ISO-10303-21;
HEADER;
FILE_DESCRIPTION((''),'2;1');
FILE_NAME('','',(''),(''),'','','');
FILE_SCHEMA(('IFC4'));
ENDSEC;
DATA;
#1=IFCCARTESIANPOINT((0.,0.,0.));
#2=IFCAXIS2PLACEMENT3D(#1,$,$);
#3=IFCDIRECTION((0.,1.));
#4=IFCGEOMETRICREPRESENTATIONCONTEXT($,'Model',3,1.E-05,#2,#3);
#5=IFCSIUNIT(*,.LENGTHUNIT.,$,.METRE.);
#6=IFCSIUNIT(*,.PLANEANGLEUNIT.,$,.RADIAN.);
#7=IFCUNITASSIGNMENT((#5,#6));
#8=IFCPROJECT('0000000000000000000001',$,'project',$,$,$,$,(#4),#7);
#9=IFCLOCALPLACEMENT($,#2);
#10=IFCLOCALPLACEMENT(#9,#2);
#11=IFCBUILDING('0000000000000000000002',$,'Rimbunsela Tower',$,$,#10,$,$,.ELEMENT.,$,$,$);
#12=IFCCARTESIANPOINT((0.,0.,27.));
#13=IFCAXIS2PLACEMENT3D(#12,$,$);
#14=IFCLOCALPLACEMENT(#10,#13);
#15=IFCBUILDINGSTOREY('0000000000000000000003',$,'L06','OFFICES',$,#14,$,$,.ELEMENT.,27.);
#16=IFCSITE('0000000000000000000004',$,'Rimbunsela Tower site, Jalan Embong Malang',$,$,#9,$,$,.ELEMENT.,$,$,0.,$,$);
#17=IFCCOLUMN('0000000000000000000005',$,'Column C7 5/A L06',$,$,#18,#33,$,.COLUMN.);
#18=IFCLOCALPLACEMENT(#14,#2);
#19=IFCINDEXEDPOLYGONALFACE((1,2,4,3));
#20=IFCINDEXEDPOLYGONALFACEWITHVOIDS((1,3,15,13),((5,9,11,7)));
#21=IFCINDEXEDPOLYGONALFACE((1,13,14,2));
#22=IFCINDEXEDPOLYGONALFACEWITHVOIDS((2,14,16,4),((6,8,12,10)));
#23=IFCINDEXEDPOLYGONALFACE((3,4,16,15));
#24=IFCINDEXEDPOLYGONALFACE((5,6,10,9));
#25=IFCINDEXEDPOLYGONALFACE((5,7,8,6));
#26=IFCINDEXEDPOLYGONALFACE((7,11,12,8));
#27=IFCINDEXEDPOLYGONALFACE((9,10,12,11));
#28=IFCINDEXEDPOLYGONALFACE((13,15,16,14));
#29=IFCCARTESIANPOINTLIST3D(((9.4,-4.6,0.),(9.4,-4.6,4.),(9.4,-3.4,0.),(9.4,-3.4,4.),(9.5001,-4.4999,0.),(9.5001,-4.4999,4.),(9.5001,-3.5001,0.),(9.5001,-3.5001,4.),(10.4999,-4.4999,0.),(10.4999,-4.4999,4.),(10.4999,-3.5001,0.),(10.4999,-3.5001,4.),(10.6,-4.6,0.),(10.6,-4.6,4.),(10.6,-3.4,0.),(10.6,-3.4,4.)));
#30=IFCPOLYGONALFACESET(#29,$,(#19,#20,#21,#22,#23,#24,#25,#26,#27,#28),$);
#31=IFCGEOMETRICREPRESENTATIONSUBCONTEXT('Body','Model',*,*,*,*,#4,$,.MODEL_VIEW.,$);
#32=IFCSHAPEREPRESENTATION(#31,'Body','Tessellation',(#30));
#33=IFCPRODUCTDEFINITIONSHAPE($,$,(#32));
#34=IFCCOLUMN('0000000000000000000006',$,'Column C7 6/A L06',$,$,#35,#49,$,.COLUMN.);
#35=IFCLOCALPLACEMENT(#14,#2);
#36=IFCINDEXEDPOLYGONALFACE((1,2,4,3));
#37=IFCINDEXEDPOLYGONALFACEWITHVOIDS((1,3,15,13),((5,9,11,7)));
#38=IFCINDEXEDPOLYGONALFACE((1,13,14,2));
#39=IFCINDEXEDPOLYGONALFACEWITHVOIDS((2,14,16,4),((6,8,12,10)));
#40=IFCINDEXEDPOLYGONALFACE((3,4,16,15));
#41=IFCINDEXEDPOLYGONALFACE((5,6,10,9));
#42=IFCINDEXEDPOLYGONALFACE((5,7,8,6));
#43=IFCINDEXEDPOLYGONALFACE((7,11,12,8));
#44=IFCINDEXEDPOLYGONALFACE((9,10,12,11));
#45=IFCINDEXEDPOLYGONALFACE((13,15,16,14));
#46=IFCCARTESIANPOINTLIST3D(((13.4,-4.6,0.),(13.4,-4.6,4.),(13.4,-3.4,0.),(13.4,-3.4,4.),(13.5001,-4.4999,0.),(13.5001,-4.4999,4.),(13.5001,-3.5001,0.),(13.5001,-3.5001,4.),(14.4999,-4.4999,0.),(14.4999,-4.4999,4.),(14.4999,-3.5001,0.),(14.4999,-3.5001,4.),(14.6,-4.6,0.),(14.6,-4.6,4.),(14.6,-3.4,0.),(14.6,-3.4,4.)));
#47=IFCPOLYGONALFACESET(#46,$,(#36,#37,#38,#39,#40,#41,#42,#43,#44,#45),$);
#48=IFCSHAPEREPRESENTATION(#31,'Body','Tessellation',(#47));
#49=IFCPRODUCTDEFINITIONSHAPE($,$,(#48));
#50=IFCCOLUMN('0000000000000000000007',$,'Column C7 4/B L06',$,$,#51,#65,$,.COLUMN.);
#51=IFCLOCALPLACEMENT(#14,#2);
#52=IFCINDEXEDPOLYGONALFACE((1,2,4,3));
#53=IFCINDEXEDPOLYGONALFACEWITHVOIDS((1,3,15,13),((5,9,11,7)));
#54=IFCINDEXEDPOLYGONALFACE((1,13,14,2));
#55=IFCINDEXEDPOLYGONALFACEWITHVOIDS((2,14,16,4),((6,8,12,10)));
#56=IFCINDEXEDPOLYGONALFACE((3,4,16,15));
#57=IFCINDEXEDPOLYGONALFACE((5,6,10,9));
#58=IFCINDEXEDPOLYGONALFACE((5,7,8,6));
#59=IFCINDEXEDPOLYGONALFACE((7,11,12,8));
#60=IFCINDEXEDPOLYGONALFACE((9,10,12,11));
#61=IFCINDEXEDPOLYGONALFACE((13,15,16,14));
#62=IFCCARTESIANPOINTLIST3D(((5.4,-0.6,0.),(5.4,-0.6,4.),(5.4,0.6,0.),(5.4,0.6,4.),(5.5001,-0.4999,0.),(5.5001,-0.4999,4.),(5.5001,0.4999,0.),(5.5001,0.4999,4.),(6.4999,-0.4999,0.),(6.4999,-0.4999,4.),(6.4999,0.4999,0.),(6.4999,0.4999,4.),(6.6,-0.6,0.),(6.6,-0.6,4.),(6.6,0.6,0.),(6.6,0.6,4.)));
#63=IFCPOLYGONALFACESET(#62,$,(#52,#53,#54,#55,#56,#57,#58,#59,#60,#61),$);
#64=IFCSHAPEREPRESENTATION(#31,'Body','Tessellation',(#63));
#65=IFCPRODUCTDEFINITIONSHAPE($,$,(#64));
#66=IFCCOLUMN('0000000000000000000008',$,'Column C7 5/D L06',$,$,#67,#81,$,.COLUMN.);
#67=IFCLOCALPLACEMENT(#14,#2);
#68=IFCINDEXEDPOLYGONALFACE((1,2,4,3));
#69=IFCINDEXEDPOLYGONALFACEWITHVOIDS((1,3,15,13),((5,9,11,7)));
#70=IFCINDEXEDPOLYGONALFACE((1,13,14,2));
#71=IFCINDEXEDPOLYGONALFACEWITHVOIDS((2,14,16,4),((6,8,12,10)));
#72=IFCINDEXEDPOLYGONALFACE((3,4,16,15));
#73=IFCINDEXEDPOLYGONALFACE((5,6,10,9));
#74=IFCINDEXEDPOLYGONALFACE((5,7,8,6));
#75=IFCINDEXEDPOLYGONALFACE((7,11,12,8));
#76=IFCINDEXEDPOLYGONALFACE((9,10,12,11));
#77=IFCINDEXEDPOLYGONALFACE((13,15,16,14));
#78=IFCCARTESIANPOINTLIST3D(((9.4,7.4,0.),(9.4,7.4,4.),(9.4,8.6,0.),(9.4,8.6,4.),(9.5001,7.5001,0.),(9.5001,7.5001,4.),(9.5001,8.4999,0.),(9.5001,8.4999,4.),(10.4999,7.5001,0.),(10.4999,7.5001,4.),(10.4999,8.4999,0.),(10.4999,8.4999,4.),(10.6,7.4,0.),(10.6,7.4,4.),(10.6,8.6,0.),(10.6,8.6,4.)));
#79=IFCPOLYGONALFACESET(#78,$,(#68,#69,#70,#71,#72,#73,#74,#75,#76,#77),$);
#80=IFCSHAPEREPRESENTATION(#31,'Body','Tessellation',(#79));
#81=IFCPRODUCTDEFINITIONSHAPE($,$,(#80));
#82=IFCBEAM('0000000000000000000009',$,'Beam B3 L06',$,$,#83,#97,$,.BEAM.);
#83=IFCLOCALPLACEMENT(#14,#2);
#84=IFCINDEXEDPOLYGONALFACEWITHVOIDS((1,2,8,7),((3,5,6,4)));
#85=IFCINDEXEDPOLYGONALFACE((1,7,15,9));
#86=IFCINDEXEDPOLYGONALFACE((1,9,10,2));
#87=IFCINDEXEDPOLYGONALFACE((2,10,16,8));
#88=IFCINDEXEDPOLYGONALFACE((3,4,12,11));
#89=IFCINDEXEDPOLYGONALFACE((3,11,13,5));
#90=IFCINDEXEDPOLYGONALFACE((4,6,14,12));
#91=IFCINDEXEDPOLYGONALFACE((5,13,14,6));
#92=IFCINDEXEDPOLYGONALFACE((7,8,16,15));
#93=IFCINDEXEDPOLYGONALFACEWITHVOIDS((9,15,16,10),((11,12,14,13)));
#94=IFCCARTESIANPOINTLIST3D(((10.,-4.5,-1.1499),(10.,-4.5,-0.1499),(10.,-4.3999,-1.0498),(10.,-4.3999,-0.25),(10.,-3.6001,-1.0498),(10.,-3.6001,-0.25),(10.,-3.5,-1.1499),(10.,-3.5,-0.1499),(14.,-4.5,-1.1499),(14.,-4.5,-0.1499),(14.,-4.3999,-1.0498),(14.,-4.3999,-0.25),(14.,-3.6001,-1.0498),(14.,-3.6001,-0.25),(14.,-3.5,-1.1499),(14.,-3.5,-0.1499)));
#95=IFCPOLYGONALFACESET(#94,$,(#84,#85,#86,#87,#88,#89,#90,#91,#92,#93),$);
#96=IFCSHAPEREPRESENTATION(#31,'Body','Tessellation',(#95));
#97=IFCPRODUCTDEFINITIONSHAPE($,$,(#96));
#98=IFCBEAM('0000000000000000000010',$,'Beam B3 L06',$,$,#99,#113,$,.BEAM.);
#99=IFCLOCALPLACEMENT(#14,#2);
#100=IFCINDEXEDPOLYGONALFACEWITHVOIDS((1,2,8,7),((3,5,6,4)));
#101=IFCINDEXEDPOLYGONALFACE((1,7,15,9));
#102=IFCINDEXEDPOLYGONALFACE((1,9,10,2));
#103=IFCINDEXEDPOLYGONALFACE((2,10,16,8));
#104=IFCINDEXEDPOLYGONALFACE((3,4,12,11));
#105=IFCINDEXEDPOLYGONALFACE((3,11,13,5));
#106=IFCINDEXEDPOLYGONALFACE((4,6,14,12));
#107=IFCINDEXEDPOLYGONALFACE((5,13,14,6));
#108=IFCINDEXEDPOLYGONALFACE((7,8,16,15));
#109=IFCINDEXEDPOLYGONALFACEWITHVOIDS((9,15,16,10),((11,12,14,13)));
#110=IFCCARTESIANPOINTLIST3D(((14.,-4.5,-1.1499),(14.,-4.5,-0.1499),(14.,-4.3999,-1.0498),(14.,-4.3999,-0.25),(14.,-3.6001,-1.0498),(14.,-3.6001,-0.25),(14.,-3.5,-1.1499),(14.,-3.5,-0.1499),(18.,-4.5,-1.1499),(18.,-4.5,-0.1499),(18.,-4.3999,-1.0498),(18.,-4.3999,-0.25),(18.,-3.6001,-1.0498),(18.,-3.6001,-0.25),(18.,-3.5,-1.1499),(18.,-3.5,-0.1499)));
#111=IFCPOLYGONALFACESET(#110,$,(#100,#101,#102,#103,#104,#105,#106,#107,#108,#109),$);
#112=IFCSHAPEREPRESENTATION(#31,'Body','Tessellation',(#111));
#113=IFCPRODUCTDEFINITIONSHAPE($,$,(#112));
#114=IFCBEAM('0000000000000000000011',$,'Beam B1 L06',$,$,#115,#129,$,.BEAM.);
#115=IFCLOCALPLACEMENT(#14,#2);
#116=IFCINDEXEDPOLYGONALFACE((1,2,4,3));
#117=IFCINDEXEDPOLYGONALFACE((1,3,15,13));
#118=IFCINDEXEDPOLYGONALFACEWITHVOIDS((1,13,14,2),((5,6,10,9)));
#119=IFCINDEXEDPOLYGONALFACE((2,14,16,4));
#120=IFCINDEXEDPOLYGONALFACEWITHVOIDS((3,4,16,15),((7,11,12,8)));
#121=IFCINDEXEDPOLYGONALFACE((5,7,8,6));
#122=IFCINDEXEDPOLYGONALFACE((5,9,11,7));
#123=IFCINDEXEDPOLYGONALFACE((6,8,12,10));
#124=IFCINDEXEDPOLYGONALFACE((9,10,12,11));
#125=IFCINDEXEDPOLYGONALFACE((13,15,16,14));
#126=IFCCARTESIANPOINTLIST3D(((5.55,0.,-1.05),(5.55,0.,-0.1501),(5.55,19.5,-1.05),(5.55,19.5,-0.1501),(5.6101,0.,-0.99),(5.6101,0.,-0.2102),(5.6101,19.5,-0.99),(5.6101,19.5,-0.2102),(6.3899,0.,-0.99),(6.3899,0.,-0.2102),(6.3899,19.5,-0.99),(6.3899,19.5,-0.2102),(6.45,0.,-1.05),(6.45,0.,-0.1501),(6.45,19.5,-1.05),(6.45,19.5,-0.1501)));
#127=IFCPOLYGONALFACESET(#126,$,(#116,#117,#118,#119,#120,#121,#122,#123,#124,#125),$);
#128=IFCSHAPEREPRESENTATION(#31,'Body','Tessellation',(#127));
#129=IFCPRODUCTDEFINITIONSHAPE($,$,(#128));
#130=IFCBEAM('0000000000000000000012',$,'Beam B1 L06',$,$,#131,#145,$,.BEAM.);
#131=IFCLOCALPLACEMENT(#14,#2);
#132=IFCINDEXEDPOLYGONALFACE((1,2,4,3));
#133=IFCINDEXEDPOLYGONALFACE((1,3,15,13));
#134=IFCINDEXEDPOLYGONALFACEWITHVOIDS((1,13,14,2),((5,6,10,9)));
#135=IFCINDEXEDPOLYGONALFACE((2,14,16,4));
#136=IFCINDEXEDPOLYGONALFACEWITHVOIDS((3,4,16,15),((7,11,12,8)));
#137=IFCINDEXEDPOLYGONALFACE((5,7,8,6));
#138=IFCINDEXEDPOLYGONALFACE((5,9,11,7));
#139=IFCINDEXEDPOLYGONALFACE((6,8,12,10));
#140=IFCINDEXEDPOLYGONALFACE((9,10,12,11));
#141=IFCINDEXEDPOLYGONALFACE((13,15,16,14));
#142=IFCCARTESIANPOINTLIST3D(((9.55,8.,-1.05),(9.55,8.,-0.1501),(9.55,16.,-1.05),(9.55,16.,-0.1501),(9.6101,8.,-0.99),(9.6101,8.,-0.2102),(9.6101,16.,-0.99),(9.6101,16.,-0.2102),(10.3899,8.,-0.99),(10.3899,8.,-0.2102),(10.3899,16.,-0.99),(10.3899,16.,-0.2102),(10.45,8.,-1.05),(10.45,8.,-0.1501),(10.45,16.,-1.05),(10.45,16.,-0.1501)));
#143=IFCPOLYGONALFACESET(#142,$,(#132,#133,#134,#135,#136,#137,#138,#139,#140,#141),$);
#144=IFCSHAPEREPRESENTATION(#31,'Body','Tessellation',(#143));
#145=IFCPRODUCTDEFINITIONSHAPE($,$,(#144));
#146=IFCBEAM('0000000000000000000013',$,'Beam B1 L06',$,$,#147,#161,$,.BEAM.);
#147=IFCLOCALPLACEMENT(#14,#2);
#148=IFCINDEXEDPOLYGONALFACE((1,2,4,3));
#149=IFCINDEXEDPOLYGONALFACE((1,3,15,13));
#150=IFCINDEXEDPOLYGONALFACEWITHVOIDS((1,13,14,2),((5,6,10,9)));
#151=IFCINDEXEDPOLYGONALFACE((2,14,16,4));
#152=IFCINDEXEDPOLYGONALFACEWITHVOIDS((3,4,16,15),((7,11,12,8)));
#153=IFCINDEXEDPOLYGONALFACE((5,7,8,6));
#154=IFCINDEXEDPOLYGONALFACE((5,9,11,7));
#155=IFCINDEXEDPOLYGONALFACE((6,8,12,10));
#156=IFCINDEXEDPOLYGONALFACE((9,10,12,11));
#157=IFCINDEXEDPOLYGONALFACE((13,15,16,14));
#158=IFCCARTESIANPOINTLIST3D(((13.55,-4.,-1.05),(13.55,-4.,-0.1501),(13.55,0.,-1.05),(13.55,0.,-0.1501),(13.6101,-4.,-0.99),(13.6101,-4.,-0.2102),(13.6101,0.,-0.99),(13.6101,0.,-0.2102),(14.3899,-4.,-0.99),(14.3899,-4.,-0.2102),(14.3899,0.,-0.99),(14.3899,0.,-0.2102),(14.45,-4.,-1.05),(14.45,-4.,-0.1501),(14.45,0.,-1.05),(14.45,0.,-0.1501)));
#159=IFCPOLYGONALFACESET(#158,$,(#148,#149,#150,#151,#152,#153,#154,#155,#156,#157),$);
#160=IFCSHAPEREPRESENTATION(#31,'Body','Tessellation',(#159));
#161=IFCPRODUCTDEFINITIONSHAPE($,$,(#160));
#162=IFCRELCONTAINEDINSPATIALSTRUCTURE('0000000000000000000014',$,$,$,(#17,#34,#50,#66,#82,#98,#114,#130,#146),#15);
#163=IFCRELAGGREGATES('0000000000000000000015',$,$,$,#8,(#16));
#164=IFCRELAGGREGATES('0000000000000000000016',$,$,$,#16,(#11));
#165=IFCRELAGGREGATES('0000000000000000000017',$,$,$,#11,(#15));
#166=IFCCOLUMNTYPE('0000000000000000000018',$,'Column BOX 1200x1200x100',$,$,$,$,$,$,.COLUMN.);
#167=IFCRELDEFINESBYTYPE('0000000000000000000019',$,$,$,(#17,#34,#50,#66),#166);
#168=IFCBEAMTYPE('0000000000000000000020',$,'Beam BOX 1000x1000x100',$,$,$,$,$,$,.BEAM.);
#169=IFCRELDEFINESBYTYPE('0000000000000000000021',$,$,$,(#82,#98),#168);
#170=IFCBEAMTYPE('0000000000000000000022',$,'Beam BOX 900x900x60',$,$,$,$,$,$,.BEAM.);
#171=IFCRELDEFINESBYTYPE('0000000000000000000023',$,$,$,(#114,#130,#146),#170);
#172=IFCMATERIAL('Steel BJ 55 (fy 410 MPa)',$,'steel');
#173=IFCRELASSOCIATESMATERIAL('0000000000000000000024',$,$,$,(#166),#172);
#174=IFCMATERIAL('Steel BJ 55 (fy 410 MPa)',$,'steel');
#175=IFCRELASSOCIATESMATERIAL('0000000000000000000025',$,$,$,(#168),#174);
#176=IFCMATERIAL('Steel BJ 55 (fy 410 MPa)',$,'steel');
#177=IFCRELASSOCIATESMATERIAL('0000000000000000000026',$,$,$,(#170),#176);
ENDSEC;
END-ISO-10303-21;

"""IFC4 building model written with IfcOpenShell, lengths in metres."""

from ifc_helpers import new_model, si_unit, direction, frame, origin, origin_2d, place, context, subcontext, project, spatial, hollow_rectangle, extrude, material, material_profile, profile_set, type_object, element, save


model = new_model("IFC4")

# Units and contexts
model_context = context("Model", 3, precision=1e-05, world=origin(), true_north=direction((0.0, 1.0)))
body_context = subcontext(model_context, "Body", "Model", "MODEL_VIEW")
ifc_project = project(units=[si_unit("LENGTHUNIT", "METRE"), si_unit("PLANEANGLEUNIT", "RADIAN")], contexts=[model_context])

# Site, building, storey
site_placement = place(None, origin())
site = spatial("IfcSite", under=ifc_project, at=site_placement, Name="Rimbunsela Tower site, Jalan Embong Malang", CompositionType="ELEMENT", RefElevation=0.0)
building_placement = place(site_placement, origin())
building = spatial("IfcBuilding", under=site, at=building_placement, Name="Rimbunsela Tower", CompositionType="ELEMENT")
storey_placement = place(building_placement, frame((0.0, 0.0, 27.0)))
storey = spatial("IfcBuildingStorey", under=building, at=storey_placement, Name="L06", Description="OFFICES", CompositionType="ELEMENT", Elevation=27.0)

# Columns
ifc_material_1 = material(Name="Steel BJ 55 (fy 410 MPa)", Category="steel")
ifc_material_profile_1 = material_profile(ifc_material_1, hollow_rectangle(XDim=1.2, YDim=1.2, WallThickness=0.1001, at=origin_2d()), Name="BOX 1200x1200x100")
ifc_profile_set_1 = profile_set([ifc_material_profile_1], Name="Steel BJ 55 (fy 410 MPa)")
column_type = type_object("IfcColumnType", Name="Column BOX 1200x1200x100", PredefinedType="COLUMN", material=ifc_profile_set_1)
for number, where, z_axis, x_axis, name in (
    (1, (10.0, -4.0, 0.0), (0.0, 0.0, 1.0), (1.0, 0.0, 0.0), "Column C7 5/A L06"),
    (2, (14.0, -4.0, 0.0), (0.0, 0.0, 1.0), (1.0, 0.0, 0.0), "Column C7 6/A L06"),
    (3, (6.0, 0.0, 0.0), (0.0, 0.0, 1.0), (1.0, 0.0, 0.0), "Column C7 4/B L06"),
    (4, (10.0, 8.0, 0.0), (0.0, 0.0, 1.0), (1.0, 0.0, 0.0), "Column C7 5/D L06"),
):
    element("IfcColumn", number, at=place(storey_placement, frame(where, z_axis=z_axis, x_axis=x_axis)), inside=storey, type_object=column_type, Name=name, PredefinedType="COLUMN", context=body_context, shape_type="SweptSolid", body=[
        extrude(hollow_rectangle(XDim=1.2, YDim=1.2, WallThickness=0.1001, at=origin_2d()), origin(), (0.0, 0.0, 1.0), 4.0),
    ])

# Beams
ifc_material_2 = material(Name="Steel BJ 55 (fy 410 MPa)", Category="steel")
ifc_material_profile_2 = material_profile(ifc_material_2, hollow_rectangle(XDim=1.0, YDim=1.0, WallThickness=0.1001, at=origin_2d()), Name="BOX 1000x1000x100")
ifc_profile_set_2 = profile_set([ifc_material_profile_2], Name="Steel BJ 55 (fy 410 MPa)")
beam_type_1 = type_object("IfcBeamType", Name="Beam BOX 1000x1000x100", PredefinedType="BEAM", material=ifc_profile_set_2)
for number, where, z_axis, x_axis, name in (
    (5, (10.0, -4.0, -0.6499), (1.0, 0.0, 0.0), (0.0, 1.0, 0.0), "Beam B3 L06"),
    (6, (14.0, -4.0, -0.6499), (1.0, 0.0, 0.0), (0.0, 1.0, 0.0), "Beam B3 L06"),
):
    element("IfcBeam", number, at=place(storey_placement, frame(where, z_axis=z_axis, x_axis=x_axis)), inside=storey, type_object=beam_type_1, Name=name, PredefinedType="BEAM", context=body_context, shape_type="SweptSolid", body=[
        extrude(hollow_rectangle(XDim=1.0, YDim=1.0, WallThickness=0.1001, at=origin_2d()), origin(), (0.0, 0.0, 1.0), 4.0),
    ])
ifc_material_3 = material(Name="Steel BJ 55 (fy 410 MPa)", Category="steel")
ifc_material_profile_3 = material_profile(ifc_material_3, hollow_rectangle(XDim=0.8999, YDim=0.8999, WallThickness=0.0601, at=origin_2d()), Name="BOX 900x900x60")
ifc_profile_set_3 = profile_set([ifc_material_profile_3], Name="Steel BJ 55 (fy 410 MPa)")
beam_type_2 = type_object("IfcBeamType", Name="Beam BOX 900x900x60", PredefinedType="BEAM", material=ifc_profile_set_3)
beam_1_placement = place(storey_placement, frame((6.0, 0.0, -0.6001), z_axis=(0.0, 1.0, 0.0), x_axis=(-1.0, 0.0, 0.0)))
element("IfcBeam", 7, at=beam_1_placement, inside=storey, type_object=beam_type_2, Name="Beam B1 L06", PredefinedType="BEAM", context=body_context, shape_type="SweptSolid", body=[
    extrude(hollow_rectangle(XDim=0.8999, YDim=0.8999, WallThickness=0.0601, at=origin_2d()), origin(), (0.0, 0.0, 1.0), 19.5),
])
beam_2_placement = place(storey_placement, frame((10.0, 8.0, -0.6001), z_axis=(0.0, 1.0, 0.0), x_axis=(-1.0, 0.0, 0.0)))
element("IfcBeam", 8, at=beam_2_placement, inside=storey, type_object=beam_type_2, Name="Beam B1 L06", PredefinedType="BEAM", context=body_context, shape_type="SweptSolid", body=[
    extrude(hollow_rectangle(XDim=0.8999, YDim=0.8999, WallThickness=0.0601, at=origin_2d()), origin(), (0.0, 0.0, 1.0), 8.0),
])
beam_3_placement = place(storey_placement, frame((14.0, -4.0, -0.6001), z_axis=(0.0, 1.0, 0.0), x_axis=(-1.0, 0.0, 0.0)))
element("IfcBeam", 9, at=beam_3_placement, inside=storey, type_object=beam_type_2, Name="Beam B1 L06", PredefinedType="BEAM", context=body_context, shape_type="SweptSolid", body=[
    extrude(hollow_rectangle(XDim=0.8999, YDim=0.8999, WallThickness=0.0601, at=origin_2d()), origin(), (0.0, 0.0, 1.0), 4.0),
])

save(model, "model.ifc")
